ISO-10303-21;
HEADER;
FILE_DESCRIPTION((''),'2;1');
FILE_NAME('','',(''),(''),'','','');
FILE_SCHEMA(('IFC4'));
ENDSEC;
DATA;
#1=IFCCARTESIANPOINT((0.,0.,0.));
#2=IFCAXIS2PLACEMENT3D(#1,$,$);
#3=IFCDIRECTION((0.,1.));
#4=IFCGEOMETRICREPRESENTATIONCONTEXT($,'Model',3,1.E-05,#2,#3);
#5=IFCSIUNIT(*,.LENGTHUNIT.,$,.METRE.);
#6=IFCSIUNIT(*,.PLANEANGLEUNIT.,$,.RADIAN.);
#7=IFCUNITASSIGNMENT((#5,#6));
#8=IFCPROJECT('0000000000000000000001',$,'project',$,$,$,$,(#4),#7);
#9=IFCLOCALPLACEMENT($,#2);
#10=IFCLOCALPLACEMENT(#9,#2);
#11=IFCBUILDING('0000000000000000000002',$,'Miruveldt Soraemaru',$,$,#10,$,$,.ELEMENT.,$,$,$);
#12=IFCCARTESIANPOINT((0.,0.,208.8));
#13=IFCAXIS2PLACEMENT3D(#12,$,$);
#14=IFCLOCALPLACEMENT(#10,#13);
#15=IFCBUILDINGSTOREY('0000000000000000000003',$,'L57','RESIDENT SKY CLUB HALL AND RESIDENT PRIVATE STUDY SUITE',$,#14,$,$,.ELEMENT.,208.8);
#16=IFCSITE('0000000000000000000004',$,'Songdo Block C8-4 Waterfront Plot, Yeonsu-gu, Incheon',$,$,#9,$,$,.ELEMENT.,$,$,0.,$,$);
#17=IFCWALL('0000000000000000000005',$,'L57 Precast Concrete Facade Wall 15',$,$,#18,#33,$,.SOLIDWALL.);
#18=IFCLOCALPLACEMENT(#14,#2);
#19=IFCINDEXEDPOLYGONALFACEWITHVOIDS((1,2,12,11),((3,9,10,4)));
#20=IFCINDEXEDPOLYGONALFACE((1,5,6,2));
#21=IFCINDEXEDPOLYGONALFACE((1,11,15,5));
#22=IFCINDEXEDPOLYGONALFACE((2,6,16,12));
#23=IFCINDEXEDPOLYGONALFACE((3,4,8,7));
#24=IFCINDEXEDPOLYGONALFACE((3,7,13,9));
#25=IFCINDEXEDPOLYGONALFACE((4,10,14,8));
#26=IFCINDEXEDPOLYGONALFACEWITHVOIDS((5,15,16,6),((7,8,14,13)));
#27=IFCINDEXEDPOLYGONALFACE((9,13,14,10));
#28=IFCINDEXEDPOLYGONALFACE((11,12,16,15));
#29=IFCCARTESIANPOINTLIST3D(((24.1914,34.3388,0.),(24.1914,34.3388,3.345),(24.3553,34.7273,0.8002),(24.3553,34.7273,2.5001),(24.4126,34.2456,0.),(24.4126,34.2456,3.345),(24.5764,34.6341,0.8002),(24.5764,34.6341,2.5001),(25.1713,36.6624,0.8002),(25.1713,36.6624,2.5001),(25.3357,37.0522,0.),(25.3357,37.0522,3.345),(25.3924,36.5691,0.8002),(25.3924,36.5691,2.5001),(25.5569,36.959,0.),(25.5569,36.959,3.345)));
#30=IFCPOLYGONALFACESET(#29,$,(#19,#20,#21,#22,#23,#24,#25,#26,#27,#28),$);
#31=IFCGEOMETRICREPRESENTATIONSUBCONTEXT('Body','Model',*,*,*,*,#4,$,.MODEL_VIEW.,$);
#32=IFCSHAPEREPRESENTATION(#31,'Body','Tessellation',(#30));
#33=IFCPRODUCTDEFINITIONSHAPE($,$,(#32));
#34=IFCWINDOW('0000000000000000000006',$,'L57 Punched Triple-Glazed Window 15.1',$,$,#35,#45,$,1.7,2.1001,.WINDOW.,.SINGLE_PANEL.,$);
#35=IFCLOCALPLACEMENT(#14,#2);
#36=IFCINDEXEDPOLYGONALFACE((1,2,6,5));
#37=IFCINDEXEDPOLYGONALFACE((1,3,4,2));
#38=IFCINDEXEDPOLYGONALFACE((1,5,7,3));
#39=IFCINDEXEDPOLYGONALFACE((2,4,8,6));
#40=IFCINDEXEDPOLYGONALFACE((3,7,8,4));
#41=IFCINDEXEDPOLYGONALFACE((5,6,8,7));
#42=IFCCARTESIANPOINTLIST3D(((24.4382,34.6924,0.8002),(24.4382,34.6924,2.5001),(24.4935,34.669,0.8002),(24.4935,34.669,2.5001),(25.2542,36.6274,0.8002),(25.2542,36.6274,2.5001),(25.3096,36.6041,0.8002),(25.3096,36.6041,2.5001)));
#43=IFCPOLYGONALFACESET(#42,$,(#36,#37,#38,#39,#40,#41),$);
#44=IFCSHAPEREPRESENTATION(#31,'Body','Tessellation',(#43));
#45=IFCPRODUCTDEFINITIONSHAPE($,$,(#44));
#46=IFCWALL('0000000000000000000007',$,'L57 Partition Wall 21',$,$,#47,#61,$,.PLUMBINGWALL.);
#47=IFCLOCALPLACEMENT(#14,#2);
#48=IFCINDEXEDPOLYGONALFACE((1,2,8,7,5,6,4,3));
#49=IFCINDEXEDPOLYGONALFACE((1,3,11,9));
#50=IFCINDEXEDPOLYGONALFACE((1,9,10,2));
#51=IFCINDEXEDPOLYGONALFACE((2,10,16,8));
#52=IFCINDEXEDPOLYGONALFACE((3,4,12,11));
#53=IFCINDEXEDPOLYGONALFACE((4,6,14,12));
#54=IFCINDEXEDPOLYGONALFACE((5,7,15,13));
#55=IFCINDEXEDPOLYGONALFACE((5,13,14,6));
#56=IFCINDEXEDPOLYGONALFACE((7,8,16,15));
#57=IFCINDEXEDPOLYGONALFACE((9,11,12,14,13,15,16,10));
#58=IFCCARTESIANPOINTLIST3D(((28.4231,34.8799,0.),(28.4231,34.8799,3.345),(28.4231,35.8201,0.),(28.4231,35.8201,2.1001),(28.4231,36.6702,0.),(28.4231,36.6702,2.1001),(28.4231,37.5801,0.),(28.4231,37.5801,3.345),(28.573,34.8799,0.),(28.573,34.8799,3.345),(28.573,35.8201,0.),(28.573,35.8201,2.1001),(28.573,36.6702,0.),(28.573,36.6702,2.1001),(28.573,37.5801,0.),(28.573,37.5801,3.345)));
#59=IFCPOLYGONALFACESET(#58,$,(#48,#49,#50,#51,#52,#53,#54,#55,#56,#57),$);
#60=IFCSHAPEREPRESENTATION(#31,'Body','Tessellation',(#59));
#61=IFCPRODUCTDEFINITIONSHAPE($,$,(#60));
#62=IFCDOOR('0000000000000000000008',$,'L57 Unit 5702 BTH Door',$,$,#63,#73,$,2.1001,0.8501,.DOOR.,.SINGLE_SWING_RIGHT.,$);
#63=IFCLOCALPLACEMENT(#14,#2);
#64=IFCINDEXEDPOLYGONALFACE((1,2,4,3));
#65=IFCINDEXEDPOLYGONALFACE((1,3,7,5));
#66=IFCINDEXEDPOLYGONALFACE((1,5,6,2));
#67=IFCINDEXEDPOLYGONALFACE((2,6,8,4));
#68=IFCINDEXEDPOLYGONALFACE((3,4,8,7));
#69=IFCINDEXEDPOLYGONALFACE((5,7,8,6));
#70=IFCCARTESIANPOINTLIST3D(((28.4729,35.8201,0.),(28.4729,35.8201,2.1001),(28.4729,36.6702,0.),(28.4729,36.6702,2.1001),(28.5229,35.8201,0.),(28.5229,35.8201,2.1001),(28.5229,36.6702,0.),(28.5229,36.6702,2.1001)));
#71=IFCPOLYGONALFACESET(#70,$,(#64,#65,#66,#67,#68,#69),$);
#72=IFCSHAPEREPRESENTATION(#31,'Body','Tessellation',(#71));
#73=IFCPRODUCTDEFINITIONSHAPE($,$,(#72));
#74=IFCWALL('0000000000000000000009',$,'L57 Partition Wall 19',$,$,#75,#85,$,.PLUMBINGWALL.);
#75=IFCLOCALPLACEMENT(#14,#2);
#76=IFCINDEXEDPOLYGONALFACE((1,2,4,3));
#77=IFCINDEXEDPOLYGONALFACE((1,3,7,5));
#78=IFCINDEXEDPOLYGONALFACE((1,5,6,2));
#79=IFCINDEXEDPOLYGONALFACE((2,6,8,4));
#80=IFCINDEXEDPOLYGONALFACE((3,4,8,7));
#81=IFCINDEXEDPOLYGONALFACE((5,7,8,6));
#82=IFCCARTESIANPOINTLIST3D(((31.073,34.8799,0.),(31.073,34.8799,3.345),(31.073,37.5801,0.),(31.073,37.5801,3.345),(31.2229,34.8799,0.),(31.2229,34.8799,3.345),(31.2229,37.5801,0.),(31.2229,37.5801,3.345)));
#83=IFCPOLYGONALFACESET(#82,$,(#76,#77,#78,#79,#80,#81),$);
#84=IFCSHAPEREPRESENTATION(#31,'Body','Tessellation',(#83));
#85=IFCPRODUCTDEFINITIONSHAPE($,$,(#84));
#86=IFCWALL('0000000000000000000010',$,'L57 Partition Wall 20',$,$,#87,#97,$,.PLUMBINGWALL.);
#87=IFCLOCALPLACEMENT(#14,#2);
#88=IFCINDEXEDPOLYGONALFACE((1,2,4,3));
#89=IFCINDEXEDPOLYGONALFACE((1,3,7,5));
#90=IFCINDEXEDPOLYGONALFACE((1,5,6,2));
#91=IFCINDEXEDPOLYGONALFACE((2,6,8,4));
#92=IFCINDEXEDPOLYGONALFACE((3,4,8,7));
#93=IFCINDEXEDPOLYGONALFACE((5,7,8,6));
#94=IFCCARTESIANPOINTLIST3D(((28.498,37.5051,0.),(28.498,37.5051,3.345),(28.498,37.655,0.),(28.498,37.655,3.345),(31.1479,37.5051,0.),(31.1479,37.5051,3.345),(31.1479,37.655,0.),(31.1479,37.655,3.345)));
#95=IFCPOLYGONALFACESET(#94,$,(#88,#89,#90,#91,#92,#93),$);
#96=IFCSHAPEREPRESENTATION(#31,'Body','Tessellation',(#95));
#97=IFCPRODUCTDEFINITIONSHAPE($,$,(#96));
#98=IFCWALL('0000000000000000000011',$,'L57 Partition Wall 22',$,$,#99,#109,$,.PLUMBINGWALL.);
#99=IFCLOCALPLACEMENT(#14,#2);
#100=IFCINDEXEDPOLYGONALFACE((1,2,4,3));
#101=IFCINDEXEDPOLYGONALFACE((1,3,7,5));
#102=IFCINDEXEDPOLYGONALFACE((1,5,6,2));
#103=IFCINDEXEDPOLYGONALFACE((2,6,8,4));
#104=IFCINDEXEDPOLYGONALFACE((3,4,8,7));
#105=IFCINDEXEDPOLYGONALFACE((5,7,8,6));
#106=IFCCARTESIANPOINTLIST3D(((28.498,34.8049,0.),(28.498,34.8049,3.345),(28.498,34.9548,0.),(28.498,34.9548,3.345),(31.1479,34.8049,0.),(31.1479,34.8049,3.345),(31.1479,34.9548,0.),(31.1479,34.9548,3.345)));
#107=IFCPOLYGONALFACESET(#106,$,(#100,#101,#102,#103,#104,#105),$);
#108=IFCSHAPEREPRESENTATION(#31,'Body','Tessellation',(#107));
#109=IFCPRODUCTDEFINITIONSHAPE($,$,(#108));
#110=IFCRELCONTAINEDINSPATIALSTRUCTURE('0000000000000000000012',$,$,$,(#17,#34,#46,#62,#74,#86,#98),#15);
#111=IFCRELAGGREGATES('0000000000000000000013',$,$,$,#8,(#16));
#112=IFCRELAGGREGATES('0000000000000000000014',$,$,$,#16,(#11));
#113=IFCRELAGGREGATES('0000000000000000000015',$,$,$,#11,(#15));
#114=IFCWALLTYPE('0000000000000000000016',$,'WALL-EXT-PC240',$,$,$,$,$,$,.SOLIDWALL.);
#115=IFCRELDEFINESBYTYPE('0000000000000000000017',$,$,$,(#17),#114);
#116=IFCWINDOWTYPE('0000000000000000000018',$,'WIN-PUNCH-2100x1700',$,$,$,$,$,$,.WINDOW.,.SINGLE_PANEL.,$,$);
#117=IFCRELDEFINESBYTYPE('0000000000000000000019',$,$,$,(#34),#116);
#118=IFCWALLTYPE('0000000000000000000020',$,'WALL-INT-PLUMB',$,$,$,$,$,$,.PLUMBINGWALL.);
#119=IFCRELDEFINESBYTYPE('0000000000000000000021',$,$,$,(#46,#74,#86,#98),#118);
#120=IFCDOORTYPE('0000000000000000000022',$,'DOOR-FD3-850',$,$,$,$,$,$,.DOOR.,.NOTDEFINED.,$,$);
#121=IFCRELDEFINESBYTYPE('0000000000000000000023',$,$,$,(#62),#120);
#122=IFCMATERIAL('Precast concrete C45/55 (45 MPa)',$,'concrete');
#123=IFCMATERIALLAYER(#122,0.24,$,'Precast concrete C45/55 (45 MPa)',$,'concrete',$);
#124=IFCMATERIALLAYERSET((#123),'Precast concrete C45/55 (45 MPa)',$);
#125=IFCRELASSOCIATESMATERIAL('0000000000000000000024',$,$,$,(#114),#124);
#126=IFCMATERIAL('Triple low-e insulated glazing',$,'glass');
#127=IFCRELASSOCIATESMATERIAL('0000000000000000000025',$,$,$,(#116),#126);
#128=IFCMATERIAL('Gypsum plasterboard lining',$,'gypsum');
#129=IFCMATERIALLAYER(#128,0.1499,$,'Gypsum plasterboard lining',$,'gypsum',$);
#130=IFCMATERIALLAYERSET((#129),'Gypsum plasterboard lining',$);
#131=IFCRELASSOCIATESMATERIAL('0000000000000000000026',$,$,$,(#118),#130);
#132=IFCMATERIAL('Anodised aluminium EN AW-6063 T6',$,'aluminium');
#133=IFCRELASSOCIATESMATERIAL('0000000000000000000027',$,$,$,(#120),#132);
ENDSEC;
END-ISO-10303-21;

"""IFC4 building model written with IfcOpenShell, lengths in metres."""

from ifc_helpers import new_model, si_unit, direction, frame, frame_2d, origin, place, context, subcontext, project, spatial, rectangle, extrude, material, layer, layer_set, type_object, element, fill, save


model = new_model("IFC4")

# Units and contexts
model_context = context("Model", 3, precision=1e-05, world=origin(), true_north=direction((0.0, 1.0)))
body_context = subcontext(model_context, "Body", "Model", "MODEL_VIEW")
ifc_project = project(units=[si_unit("LENGTHUNIT", "METRE"), si_unit("PLANEANGLEUNIT", "RADIAN")], contexts=[model_context])

# Site, building, storey
site_placement = place(None, origin())
site = spatial("IfcSite", under=ifc_project, at=site_placement, Name="Songdo Block C8-4 Waterfront Plot, Yeonsu-gu, Incheon", CompositionType="ELEMENT", RefElevation=0.0)
building_placement = place(site_placement, origin())
building = spatial("IfcBuilding", under=site, at=building_placement, Name="Miruveldt Soraemaru", CompositionType="ELEMENT")
storey_placement = place(building_placement, frame((0.0, 0.0, 208.8)))
storey = spatial("IfcBuildingStorey", under=building, at=storey_placement, Name="L57", Description="RESIDENT SKY CLUB HALL AND RESIDENT PRIVATE STUDY SUITE", CompositionType="ELEMENT", Elevation=208.8)

# Wall, opening, window
ifc_material_1 = material(Name="Precast concrete C45/55 (45 MPa)", Category="concrete")
ifc_layer_1 = layer(ifc_material_1, 0.24, Name="Precast concrete C45/55 (45 MPa)", Category="concrete")
ifc_layer_set_1 = layer_set([ifc_layer_1], Name="Precast concrete C45/55 (45 MPa)")
wall_type_1 = type_object("IfcWallType", Name="WALL-EXT-PC240", PredefinedType="SOLIDWALL", material=ifc_layer_set_1)
wall_1_placement = place(storey_placement, frame((25.4463, 37.0056, 0.0), z_axis=(0.0, 0.0, 1.0), x_axis=(-0.38858, -0.921415, 0.0)))
wall_1 = element("IfcWall", 1, at=wall_1_placement, inside=storey, type_object=wall_type_1, Name="L57 Precast Concrete Facade Wall 15", PredefinedType="SOLIDWALL", context=body_context, shape_type="SweptSolid", body=[
    extrude(rectangle(XDim=2.9448, YDim=0.24, at=frame_2d((1.4724, 0.0))), origin(), (0.0, 0.0, 1.0), 3.345),
])
opening_1_placement = place(wall_1_placement, frame((0.4231, 0.0, 0.8)))
opening_1 = element("IfcOpeningElement", 2, at=opening_1_placement, cuts=wall_1, PredefinedType="OPENING", context=body_context, shape_type="SweptSolid", body=[
    extrude(rectangle(XDim=2.1001, YDim=1.7, at=frame_2d((1.05, 0.8501))), frame((0.0, 0.1299, 0.0), z_axis=(0.0, -1.0, 0.0), x_axis=(1.0, 0.0, 0.0)), (0.0, 0.0, 1.0), 0.26),
])
ifc_material_2 = material(Name="Triple low-e insulated glazing", Category="glass")
window_type = type_object("IfcWindowType", Name="WIN-PUNCH-2100x1700", PartitioningType="SINGLE_PANEL", PredefinedType="WINDOW", material=ifc_material_2)
window_placement = place(opening_1_placement, origin())
window = element("IfcWindow", 3, at=window_placement, inside=storey, type_object=window_type, Name="L57 Punched Triple-Glazed Window 15.1", OverallHeight=1.7, OverallWidth=2.1001, PartitioningType="SINGLE_PANEL", PredefinedType="WINDOW", context=body_context, shape_type="SweptSolid", body=[
    extrude(rectangle(XDim=2.1001, YDim=1.7, at=frame_2d((1.05, 0.8501))), frame((0.0, 0.03, 0.0), z_axis=(0.0, -1.0, 0.0), x_axis=(1.0, 0.0, 0.0)), (0.0, 0.0, 1.0), 0.0601),
])
fill(opening_1, window)

# Wall, opening, door
ifc_material_3 = material(Name="Gypsum plasterboard lining", Category="gypsum")
ifc_layer_2 = layer(ifc_material_3, 0.1499, Name="Gypsum plasterboard lining", Category="gypsum")
ifc_layer_set_2 = layer_set([ifc_layer_2], Name="Gypsum plasterboard lining")
wall_type_2 = type_object("IfcWallType", Name="WALL-INT-PLUMB", PredefinedType="PLUMBINGWALL", material=ifc_layer_set_2)
wall_2_placement = place(storey_placement, frame((28.498, 37.5801, 0.0), z_axis=(0.0, 0.0, 1.0), x_axis=(0.0, -1.0, 0.0)))
wall_2 = element("IfcWall", 4, at=wall_2_placement, inside=storey, type_object=wall_type_2, Name="L57 Partition Wall 21", PredefinedType="PLUMBINGWALL", context=body_context, shape_type="SweptSolid", body=[
    extrude(rectangle(XDim=2.7002, YDim=0.1499, at=frame_2d((1.3501, 0.0))), origin(), (0.0, 0.0, 1.0), 3.345),
])
opening_2_placement = place(wall_2_placement, frame((0.9099, 0.0, 0.0)))
opening_2 = element("IfcOpeningElement", 5, at=opening_2_placement, cuts=wall_2, PredefinedType="OPENING", context=body_context, shape_type="SweptSolid", body=[
    extrude(rectangle(XDim=0.8501, YDim=2.1001, at=frame_2d((0.425, 1.05))), frame((0.0, 0.085, 0.0), z_axis=(0.0, -1.0, 0.0), x_axis=(1.0, 0.0, 0.0)), (0.0, 0.0, 1.0), 0.1699),
])
ifc_material_4 = material(Name="Anodised aluminium EN AW-6063 T6", Category="aluminium")
door_type = type_object("IfcDoorType", Name="DOOR-FD3-850", OperationType="NOTDEFINED", PredefinedType="DOOR", material=ifc_material_4)
door_placement = place(opening_2_placement, origin())
door = element("IfcDoor", 6, at=door_placement, inside=storey, type_object=door_type, Name="L57 Unit 5702 BTH Door", OperationType="SINGLE_SWING_RIGHT", OverallHeight=2.1001, OverallWidth=0.8501, PredefinedType="DOOR", context=body_context, shape_type="SweptSolid", body=[
    extrude(rectangle(XDim=0.8501, YDim=2.1001, at=frame_2d((0.425, 1.05))), frame((0.0, 0.0249, 0.0), z_axis=(0.0, -1.0, 0.0), x_axis=(1.0, 0.0, 0.0)), (0.0, 0.0, 1.0), 0.05),
])
fill(opening_2, door)

# Walls
wall_3_placement = place(storey_placement, frame((31.1479, 34.8799, 0.0), z_axis=(0.0, 0.0, 1.0), x_axis=(0.0, 1.0, 0.0)))
element("IfcWall", 7, at=wall_3_placement, inside=storey, type_object=wall_type_2, Name="L57 Partition Wall 19", PredefinedType="PLUMBINGWALL", context=body_context, shape_type="SweptSolid", body=[
    extrude(rectangle(XDim=2.7002, YDim=0.1499, at=frame_2d((1.3501, 0.0))), origin(), (0.0, 0.0, 1.0), 3.345),
])
for number, where, z_axis, x_axis, name in (
    (8, (31.1479, 37.5801, 0.0), (0.0, 0.0, 1.0), (-1.0, 0.0, 0.0), "L57 Partition Wall 20"),
    (9, (28.498, 34.8799, 0.0), (0.0, 0.0, 1.0), (1.0, 0.0, 0.0), "L57 Partition Wall 22"),
):
    element("IfcWall", number, at=place(storey_placement, frame(where, z_axis=z_axis, x_axis=x_axis)), inside=storey, type_object=wall_type_2, Name=name, PredefinedType="PLUMBINGWALL", context=body_context, shape_type="SweptSolid", body=[
        extrude(rectangle(XDim=2.6499, YDim=0.1499, at=frame_2d((1.325, 0.0))), origin(), (0.0, 0.0, 1.0), 3.345),
    ])

save(model, "model.ifc")
